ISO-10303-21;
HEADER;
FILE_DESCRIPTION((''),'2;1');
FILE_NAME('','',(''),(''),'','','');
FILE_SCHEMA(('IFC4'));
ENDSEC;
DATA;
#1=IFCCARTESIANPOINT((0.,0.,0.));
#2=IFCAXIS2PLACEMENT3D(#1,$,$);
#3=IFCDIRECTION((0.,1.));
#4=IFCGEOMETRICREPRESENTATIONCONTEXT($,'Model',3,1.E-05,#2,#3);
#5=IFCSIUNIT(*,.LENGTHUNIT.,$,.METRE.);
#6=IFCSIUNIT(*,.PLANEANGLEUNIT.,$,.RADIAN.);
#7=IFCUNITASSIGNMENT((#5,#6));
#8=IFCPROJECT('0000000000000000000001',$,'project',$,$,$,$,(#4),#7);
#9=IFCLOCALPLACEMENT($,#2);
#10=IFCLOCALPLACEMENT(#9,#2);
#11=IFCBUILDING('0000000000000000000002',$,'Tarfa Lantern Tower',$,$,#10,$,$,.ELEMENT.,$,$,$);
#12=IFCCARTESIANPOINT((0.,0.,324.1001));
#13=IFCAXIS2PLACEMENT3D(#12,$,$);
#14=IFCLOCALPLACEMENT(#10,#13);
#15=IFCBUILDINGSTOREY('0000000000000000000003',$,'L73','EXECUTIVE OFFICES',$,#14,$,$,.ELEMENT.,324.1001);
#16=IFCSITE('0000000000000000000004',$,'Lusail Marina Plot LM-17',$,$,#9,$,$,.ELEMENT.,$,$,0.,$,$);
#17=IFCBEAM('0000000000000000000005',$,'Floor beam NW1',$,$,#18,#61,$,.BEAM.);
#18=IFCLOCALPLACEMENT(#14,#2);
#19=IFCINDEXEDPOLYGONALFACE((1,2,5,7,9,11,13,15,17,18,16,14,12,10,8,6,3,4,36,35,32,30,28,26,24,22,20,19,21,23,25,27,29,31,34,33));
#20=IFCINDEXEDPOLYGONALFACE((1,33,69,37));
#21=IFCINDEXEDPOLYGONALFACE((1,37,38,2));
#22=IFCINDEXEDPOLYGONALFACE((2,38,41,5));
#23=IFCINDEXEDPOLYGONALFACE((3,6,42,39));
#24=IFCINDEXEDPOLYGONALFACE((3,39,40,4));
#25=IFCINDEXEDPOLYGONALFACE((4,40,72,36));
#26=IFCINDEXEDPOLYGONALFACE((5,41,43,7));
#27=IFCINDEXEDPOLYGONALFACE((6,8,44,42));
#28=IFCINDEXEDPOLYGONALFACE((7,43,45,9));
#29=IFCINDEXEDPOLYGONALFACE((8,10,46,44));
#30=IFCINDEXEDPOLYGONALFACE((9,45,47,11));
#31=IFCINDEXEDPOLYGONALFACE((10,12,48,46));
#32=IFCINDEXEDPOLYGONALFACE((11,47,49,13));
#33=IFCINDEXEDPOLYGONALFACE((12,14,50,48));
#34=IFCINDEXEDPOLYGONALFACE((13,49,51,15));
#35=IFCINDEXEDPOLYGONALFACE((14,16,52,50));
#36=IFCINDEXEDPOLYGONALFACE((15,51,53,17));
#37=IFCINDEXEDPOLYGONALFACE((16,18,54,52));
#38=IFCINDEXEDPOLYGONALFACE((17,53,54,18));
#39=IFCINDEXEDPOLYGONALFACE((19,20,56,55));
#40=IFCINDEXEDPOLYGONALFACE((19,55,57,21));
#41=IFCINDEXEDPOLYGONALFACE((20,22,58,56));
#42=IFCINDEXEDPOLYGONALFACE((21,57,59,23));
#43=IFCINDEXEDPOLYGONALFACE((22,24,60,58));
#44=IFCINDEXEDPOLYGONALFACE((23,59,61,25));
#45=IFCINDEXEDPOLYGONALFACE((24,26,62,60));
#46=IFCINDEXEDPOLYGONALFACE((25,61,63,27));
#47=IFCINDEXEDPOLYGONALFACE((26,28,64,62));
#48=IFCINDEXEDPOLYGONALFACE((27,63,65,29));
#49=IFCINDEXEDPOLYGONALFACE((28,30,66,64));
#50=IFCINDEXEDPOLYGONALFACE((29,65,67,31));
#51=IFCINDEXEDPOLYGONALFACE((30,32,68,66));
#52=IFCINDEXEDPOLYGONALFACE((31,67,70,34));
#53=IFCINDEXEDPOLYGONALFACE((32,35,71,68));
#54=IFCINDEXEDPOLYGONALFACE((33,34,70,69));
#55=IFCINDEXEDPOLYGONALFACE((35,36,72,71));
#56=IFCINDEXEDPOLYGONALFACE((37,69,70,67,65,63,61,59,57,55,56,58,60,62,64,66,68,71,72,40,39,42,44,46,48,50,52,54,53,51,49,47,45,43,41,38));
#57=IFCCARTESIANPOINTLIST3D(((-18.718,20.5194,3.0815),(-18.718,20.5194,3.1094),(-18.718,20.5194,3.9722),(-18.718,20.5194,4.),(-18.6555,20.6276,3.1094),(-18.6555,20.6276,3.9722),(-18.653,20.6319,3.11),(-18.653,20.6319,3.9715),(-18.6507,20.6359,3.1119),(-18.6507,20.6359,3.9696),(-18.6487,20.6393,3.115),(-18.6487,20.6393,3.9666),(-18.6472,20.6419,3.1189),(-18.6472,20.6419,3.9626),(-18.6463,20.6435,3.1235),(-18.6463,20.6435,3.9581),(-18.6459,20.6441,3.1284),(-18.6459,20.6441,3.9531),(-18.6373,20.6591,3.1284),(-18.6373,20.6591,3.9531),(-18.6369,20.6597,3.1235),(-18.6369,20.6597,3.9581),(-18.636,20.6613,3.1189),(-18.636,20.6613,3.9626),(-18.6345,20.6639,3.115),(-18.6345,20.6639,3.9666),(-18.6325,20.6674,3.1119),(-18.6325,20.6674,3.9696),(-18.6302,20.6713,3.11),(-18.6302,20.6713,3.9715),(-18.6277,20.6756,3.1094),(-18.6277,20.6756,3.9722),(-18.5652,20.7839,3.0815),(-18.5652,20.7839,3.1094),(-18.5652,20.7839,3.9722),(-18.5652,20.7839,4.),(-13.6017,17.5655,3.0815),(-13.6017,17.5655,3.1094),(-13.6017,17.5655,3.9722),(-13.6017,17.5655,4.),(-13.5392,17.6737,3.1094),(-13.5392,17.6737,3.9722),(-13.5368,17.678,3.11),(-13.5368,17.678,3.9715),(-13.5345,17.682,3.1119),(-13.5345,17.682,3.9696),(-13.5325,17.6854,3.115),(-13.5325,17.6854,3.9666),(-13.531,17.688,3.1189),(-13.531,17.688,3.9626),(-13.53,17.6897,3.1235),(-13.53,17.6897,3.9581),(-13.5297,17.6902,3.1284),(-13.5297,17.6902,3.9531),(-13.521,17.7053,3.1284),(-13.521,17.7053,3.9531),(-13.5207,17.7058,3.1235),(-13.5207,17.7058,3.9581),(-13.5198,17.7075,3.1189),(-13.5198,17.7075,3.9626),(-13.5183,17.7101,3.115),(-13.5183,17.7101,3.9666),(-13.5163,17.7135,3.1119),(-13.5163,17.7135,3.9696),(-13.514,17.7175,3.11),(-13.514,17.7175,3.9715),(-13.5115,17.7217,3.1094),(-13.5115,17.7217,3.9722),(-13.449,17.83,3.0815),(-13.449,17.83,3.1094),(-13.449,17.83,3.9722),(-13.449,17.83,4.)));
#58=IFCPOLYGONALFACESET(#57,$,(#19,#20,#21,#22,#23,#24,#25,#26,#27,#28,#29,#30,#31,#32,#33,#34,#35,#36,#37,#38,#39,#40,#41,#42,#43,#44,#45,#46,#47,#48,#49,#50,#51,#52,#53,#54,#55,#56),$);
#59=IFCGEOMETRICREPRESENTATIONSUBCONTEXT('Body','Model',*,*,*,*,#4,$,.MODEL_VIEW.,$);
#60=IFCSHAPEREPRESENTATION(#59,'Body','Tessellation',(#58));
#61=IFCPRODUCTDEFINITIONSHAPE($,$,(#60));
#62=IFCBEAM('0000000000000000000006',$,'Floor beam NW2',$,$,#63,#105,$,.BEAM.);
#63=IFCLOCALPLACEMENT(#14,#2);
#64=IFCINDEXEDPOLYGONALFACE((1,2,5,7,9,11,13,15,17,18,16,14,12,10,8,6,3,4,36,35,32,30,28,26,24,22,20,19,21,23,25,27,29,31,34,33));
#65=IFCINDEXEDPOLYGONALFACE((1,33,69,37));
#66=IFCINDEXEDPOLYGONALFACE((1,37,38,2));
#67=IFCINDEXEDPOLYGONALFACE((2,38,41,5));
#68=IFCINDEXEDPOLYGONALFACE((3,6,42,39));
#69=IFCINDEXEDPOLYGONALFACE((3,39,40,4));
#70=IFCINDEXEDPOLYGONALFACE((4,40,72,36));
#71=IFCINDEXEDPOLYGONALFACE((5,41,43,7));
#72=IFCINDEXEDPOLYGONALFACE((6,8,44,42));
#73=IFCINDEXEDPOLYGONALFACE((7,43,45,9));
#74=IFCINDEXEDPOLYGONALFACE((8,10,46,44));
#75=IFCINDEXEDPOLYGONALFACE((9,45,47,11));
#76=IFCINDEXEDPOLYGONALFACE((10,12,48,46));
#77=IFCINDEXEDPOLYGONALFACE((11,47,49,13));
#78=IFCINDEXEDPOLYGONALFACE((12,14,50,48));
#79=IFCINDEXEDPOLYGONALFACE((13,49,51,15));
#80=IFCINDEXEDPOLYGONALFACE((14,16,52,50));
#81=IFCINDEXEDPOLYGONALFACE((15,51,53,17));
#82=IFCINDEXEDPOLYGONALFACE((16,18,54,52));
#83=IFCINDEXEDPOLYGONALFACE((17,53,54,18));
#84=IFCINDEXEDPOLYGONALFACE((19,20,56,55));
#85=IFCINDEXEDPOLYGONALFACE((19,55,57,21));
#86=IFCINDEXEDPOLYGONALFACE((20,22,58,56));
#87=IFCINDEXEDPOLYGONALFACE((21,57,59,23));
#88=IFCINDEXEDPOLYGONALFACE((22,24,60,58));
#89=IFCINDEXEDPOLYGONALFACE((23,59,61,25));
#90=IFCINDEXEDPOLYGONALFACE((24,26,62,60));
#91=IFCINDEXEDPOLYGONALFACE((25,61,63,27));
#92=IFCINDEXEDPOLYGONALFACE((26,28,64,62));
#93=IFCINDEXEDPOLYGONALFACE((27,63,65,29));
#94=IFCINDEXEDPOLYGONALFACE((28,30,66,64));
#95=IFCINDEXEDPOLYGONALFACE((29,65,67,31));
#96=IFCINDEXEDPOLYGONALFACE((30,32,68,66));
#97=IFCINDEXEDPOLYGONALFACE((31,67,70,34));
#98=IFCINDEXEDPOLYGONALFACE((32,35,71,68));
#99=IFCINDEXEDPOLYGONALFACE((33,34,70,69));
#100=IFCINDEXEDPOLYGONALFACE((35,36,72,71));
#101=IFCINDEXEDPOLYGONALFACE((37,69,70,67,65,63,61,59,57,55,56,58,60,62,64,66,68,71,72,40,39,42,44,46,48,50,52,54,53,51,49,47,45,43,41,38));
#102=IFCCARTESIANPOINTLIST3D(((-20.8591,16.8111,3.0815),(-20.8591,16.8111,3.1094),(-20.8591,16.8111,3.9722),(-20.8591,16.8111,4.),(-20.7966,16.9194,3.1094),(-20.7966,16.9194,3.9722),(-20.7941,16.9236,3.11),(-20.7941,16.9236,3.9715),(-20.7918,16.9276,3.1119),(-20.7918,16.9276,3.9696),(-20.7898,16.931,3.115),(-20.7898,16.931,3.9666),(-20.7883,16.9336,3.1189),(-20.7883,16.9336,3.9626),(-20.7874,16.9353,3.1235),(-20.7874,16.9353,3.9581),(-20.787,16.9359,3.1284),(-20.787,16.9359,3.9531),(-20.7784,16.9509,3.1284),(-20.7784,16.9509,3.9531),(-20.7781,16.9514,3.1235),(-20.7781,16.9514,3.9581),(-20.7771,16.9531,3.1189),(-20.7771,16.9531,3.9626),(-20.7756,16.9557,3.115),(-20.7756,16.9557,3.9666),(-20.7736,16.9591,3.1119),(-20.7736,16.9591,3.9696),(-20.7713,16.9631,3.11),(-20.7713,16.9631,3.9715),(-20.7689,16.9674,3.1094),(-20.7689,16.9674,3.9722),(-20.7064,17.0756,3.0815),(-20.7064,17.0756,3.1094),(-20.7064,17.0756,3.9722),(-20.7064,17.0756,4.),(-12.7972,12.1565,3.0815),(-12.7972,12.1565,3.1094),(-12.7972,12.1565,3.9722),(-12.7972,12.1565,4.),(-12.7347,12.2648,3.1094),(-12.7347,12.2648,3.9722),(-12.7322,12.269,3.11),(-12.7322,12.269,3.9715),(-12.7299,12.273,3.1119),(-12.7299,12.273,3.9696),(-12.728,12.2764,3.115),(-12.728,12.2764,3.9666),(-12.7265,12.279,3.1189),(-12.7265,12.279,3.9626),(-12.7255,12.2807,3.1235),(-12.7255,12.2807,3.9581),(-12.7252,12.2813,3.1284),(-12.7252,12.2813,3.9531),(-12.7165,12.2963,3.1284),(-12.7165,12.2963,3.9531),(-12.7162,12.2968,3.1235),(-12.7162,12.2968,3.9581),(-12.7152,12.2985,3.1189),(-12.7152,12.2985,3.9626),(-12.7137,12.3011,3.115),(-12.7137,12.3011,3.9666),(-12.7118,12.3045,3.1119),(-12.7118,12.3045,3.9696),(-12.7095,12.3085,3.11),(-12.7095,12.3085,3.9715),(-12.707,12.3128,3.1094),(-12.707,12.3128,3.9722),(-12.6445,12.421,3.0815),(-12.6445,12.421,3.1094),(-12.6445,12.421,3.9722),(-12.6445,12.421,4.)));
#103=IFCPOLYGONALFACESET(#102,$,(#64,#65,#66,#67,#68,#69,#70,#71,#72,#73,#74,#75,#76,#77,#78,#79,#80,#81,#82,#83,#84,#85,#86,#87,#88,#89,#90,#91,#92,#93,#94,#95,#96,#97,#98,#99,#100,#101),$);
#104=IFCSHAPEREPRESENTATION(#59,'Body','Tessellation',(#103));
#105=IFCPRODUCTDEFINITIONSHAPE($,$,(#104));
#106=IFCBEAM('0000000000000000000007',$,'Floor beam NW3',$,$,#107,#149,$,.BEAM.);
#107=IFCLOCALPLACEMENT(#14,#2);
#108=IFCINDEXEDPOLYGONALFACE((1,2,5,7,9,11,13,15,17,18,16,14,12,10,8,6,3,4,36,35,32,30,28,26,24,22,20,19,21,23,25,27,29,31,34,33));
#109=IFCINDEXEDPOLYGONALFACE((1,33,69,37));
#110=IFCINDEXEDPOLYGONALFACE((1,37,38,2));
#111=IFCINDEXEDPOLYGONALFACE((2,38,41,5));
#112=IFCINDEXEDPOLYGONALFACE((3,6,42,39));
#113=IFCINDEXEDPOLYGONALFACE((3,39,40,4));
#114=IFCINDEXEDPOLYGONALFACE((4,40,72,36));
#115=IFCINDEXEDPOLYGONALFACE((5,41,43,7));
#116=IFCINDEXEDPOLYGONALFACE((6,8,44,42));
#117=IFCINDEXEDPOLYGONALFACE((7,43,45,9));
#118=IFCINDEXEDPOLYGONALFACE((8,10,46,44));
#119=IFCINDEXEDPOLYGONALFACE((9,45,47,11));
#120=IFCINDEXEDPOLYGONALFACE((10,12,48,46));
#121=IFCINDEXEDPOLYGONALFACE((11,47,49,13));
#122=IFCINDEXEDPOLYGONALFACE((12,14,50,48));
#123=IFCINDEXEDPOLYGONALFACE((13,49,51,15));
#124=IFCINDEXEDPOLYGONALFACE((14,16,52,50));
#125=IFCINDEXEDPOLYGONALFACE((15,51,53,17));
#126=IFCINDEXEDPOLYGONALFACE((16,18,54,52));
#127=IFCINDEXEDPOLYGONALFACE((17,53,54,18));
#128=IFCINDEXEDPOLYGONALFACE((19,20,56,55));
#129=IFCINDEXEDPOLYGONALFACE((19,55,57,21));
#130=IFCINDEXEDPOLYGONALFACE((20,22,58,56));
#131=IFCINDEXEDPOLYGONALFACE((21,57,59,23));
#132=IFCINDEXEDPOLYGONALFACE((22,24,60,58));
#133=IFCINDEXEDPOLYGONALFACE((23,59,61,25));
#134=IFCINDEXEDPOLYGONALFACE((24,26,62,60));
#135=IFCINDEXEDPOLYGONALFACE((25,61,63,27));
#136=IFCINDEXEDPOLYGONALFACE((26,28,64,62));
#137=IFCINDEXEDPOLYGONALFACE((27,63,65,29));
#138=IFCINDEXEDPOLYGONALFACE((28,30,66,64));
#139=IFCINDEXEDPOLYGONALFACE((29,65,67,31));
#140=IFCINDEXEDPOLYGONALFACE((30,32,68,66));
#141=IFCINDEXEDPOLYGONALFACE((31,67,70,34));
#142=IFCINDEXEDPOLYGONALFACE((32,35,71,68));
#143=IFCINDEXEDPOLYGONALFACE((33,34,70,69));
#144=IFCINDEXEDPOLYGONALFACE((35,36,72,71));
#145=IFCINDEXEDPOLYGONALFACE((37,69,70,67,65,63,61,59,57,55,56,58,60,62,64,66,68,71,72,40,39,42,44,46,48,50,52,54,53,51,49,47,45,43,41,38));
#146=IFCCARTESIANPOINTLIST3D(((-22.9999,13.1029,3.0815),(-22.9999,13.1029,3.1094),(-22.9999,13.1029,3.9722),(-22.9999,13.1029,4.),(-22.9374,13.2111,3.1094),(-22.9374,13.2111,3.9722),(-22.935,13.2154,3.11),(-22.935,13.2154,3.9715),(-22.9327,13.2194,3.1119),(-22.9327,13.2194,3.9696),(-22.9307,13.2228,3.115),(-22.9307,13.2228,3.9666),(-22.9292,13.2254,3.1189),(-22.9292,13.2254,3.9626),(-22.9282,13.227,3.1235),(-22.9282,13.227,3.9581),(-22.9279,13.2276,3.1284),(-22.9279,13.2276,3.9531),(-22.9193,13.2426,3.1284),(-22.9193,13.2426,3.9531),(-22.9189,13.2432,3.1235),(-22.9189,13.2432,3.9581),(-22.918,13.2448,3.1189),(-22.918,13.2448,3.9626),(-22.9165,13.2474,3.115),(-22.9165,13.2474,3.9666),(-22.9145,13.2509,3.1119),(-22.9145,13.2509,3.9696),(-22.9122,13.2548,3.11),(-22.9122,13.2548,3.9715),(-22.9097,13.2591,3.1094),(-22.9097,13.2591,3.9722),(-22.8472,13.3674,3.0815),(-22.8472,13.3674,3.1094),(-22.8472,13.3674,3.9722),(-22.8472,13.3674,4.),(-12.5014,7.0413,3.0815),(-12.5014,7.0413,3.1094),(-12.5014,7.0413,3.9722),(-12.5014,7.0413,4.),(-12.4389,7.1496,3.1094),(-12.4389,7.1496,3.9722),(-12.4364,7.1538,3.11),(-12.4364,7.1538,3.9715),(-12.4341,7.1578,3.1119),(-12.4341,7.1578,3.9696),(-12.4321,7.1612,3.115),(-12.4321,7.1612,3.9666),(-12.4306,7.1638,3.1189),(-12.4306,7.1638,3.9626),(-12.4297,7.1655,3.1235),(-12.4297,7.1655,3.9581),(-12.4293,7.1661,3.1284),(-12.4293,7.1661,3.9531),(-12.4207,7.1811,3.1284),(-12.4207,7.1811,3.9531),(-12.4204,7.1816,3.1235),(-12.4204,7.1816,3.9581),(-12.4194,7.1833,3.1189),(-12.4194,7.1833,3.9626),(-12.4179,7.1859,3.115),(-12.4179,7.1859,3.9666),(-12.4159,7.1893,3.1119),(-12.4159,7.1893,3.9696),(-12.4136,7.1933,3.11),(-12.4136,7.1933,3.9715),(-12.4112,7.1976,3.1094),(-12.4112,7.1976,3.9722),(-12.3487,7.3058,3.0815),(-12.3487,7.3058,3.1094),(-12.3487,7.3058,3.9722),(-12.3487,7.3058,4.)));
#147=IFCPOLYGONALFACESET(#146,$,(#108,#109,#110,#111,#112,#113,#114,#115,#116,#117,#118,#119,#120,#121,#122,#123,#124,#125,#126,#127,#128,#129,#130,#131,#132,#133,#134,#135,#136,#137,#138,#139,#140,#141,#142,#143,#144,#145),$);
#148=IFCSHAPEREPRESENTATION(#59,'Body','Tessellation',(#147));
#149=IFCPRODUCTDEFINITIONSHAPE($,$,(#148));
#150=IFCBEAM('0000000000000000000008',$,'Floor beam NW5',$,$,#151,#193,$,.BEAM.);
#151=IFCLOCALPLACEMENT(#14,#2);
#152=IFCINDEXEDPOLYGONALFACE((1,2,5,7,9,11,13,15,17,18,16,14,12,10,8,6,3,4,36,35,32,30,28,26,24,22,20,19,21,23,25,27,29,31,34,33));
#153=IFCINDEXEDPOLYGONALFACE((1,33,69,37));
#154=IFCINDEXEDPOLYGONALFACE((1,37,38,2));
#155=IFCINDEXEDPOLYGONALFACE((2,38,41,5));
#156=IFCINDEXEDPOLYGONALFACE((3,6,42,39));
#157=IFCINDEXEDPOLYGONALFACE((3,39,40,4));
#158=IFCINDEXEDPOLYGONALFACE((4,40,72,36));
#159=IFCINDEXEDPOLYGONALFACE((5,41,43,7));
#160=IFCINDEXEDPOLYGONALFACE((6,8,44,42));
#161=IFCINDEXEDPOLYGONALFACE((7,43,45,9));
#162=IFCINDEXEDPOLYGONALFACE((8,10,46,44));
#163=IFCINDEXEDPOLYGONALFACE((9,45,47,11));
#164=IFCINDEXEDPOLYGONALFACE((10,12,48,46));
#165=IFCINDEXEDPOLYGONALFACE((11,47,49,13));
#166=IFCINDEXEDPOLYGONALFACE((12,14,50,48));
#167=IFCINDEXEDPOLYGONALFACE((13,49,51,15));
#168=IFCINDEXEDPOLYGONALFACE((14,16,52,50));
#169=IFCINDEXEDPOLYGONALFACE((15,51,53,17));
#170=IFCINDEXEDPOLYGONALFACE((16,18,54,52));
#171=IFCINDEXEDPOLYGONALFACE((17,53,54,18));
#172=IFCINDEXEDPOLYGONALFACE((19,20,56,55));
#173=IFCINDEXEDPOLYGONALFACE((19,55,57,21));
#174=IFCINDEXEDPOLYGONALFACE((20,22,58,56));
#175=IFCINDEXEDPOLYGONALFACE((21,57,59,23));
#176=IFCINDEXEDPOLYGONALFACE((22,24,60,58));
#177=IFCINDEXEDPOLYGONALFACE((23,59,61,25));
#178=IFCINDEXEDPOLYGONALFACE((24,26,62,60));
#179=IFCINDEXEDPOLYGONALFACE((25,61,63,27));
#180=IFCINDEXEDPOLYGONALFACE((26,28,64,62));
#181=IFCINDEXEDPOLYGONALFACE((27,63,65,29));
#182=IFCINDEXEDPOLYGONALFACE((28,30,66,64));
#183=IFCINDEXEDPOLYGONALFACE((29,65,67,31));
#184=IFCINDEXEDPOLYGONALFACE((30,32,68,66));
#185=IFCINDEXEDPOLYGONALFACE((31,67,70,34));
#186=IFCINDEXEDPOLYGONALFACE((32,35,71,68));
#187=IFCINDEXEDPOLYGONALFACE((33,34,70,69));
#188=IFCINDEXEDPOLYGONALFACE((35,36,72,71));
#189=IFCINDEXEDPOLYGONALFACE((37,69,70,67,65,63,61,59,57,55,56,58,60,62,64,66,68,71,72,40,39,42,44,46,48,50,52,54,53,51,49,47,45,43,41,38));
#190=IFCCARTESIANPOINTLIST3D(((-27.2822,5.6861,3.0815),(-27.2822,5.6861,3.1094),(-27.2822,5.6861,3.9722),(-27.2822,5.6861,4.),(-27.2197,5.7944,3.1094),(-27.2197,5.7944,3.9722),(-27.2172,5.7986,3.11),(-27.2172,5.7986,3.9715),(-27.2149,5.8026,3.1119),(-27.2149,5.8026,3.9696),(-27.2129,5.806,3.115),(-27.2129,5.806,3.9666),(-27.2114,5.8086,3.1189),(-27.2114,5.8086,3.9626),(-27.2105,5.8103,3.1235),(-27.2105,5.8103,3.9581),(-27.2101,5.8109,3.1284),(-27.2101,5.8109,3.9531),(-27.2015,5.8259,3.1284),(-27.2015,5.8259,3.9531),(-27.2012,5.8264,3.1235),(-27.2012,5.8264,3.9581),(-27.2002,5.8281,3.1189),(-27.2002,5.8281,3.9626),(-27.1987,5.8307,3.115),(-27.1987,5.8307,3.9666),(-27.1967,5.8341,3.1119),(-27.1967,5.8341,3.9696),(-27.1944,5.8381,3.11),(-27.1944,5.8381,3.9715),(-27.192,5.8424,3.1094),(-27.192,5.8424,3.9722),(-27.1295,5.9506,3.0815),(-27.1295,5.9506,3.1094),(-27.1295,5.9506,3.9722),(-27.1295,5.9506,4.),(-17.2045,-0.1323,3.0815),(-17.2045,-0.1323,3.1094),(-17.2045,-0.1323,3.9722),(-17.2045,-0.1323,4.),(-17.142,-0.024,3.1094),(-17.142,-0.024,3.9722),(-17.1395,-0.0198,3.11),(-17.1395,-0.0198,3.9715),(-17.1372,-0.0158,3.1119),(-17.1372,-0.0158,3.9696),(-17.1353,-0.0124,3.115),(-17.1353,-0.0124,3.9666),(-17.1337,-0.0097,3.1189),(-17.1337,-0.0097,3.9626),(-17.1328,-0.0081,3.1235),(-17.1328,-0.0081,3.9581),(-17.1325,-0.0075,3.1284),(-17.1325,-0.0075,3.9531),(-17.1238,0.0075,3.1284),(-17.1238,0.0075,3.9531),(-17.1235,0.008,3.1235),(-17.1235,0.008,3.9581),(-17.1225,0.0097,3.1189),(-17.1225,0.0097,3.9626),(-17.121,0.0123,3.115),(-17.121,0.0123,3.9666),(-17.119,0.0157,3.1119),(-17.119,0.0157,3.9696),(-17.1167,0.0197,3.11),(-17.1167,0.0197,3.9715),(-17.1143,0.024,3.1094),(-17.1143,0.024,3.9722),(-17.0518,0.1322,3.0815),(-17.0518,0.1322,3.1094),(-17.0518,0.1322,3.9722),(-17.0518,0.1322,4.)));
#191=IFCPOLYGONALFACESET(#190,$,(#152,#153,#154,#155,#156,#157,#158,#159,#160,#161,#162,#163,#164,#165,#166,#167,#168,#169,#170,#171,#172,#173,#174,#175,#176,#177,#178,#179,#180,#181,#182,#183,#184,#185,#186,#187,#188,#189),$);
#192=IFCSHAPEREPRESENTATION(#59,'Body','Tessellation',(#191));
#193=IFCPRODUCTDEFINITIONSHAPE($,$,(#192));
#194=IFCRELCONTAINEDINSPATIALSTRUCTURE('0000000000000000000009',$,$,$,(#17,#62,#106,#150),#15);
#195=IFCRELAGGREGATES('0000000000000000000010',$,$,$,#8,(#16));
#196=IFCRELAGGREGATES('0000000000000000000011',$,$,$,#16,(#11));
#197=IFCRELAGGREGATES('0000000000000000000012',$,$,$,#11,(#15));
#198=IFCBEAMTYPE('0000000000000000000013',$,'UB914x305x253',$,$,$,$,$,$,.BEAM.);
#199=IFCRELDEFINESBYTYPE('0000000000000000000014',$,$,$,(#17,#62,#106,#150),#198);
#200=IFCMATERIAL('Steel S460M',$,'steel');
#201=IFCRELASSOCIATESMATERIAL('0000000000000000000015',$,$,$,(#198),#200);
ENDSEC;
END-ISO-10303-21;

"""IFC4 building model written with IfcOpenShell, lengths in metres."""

from ifc_helpers import new_model, si_unit, direction, frame, origin, origin_2d, place, context, subcontext, project, spatial, i_section, extrude, material, material_profile, profile_set, type_object, element, save


model = new_model("IFC4")

# Units and contexts
model_context = context("Model", 3, precision=1e-05, world=origin(), true_north=direction((0.0, 1.0)))
body_context = subcontext(model_context, "Body", "Model", "MODEL_VIEW")
ifc_project = project(units=[si_unit("LENGTHUNIT", "METRE"), si_unit("PLANEANGLEUNIT", "RADIAN")], contexts=[model_context])

# Site, building, storey
site_placement = place(None, origin())
site = spatial("IfcSite", under=ifc_project, at=site_placement, Name="Lusail Marina Plot LM-17", CompositionType="ELEMENT", RefElevation=0.0)
building_placement = place(site_placement, origin())
building = spatial("IfcBuilding", under=site, at=building_placement, Name="Tarfa Lantern Tower", CompositionType="ELEMENT")
storey_placement = place(building_placement, frame((0.0, 0.0, 324.1001)))
storey = spatial("IfcBuildingStorey", under=building, at=storey_placement, Name="L73", Description="EXECUTIVE OFFICES", CompositionType="ELEMENT", Elevation=324.1001)

# Beams
ifc_material_1 = material(Name="Steel S460M", Category="steel")
ifc_material_profile_1 = material_profile(ifc_material_1, i_section(OverallWidth=0.3054, OverallDepth=0.9185, WebThickness=0.0173, FlangeThickness=0.0278, FilletRadius=0.019, at=origin_2d()), Name="UB914x305x253")
ifc_profile_set_1 = profile_set([ifc_material_profile_1], Name="Steel S460M")
beam_type_1 = type_object("IfcBeamType", Name="UB914x305x253", PredefinedType="BEAM", material=ifc_profile_set_1)
beam_1_placement = place(storey_placement, frame((-18.6416, 20.6516, 3.5408), z_axis=(0.866025, -0.500001, 0.0), x_axis=(0.500001, 0.866025, 0.0)))
element("IfcBeam", 1, at=beam_1_placement, inside=storey, type_object=beam_type_1, Name="Floor beam NW1", PredefinedType="BEAM", context=body_context, shape_type="SweptSolid", body=[
    extrude(i_section(OverallWidth=0.3054, OverallDepth=0.9185, WebThickness=0.0173, FlangeThickness=0.0278, FilletRadius=0.019, at=origin_2d()), origin(), (0.0, 0.0, 1.0), 5.9077),
])
beam_2_placement = place(storey_placement, frame((-20.7827, 16.9434, 3.5408), z_axis=(0.866022, -0.500006, 0.0), x_axis=(0.500006, 0.866022, 0.0)))
element("IfcBeam", 2, at=beam_2_placement, inside=storey, type_object=beam_type_1, Name="Floor beam NW2", PredefinedType="BEAM", context=body_context, shape_type="SweptSolid", body=[
    extrude(i_section(OverallWidth=0.3054, OverallDepth=0.9185, WebThickness=0.0173, FlangeThickness=0.0278, FilletRadius=0.019, at=origin_2d()), origin(), (0.0, 0.0, 1.0), 9.3091),
])
beam_3_placement = place(storey_placement, frame((-22.9236, 13.2351, 3.5408), z_axis=(0.866019, -0.500012, 0.0), x_axis=(0.500012, 0.866019, 0.0)))
element("IfcBeam", 3, at=beam_3_placement, inside=storey, type_object=beam_type_1, Name="Floor beam NW3", PredefinedType="BEAM", context=body_context, shape_type="SweptSolid", body=[
    extrude(i_section(OverallWidth=0.3054, OverallDepth=0.9185, WebThickness=0.0173, FlangeThickness=0.0278, FilletRadius=0.019, at=origin_2d()), origin(), (0.0, 0.0, 1.0), 12.1228),
])
beam_4_placement = place(storey_placement, frame((-27.2058, 5.8184, 3.5408), z_axis=(0.866024, -0.500002, 0.0), x_axis=(0.500002, 0.866024, 0.0)))
element("IfcBeam", 4, at=beam_4_placement, inside=storey, type_object=beam_type_1, Name="Floor beam NW5", PredefinedType="BEAM", context=body_context, shape_type="SweptSolid", body=[
    extrude(i_section(OverallWidth=0.3054, OverallDepth=0.9185, WebThickness=0.0173, FlangeThickness=0.0278, FilletRadius=0.019, at=origin_2d()), origin(), (0.0, 0.0, 1.0), 11.6367),
])

save(model, "model.ifc")
